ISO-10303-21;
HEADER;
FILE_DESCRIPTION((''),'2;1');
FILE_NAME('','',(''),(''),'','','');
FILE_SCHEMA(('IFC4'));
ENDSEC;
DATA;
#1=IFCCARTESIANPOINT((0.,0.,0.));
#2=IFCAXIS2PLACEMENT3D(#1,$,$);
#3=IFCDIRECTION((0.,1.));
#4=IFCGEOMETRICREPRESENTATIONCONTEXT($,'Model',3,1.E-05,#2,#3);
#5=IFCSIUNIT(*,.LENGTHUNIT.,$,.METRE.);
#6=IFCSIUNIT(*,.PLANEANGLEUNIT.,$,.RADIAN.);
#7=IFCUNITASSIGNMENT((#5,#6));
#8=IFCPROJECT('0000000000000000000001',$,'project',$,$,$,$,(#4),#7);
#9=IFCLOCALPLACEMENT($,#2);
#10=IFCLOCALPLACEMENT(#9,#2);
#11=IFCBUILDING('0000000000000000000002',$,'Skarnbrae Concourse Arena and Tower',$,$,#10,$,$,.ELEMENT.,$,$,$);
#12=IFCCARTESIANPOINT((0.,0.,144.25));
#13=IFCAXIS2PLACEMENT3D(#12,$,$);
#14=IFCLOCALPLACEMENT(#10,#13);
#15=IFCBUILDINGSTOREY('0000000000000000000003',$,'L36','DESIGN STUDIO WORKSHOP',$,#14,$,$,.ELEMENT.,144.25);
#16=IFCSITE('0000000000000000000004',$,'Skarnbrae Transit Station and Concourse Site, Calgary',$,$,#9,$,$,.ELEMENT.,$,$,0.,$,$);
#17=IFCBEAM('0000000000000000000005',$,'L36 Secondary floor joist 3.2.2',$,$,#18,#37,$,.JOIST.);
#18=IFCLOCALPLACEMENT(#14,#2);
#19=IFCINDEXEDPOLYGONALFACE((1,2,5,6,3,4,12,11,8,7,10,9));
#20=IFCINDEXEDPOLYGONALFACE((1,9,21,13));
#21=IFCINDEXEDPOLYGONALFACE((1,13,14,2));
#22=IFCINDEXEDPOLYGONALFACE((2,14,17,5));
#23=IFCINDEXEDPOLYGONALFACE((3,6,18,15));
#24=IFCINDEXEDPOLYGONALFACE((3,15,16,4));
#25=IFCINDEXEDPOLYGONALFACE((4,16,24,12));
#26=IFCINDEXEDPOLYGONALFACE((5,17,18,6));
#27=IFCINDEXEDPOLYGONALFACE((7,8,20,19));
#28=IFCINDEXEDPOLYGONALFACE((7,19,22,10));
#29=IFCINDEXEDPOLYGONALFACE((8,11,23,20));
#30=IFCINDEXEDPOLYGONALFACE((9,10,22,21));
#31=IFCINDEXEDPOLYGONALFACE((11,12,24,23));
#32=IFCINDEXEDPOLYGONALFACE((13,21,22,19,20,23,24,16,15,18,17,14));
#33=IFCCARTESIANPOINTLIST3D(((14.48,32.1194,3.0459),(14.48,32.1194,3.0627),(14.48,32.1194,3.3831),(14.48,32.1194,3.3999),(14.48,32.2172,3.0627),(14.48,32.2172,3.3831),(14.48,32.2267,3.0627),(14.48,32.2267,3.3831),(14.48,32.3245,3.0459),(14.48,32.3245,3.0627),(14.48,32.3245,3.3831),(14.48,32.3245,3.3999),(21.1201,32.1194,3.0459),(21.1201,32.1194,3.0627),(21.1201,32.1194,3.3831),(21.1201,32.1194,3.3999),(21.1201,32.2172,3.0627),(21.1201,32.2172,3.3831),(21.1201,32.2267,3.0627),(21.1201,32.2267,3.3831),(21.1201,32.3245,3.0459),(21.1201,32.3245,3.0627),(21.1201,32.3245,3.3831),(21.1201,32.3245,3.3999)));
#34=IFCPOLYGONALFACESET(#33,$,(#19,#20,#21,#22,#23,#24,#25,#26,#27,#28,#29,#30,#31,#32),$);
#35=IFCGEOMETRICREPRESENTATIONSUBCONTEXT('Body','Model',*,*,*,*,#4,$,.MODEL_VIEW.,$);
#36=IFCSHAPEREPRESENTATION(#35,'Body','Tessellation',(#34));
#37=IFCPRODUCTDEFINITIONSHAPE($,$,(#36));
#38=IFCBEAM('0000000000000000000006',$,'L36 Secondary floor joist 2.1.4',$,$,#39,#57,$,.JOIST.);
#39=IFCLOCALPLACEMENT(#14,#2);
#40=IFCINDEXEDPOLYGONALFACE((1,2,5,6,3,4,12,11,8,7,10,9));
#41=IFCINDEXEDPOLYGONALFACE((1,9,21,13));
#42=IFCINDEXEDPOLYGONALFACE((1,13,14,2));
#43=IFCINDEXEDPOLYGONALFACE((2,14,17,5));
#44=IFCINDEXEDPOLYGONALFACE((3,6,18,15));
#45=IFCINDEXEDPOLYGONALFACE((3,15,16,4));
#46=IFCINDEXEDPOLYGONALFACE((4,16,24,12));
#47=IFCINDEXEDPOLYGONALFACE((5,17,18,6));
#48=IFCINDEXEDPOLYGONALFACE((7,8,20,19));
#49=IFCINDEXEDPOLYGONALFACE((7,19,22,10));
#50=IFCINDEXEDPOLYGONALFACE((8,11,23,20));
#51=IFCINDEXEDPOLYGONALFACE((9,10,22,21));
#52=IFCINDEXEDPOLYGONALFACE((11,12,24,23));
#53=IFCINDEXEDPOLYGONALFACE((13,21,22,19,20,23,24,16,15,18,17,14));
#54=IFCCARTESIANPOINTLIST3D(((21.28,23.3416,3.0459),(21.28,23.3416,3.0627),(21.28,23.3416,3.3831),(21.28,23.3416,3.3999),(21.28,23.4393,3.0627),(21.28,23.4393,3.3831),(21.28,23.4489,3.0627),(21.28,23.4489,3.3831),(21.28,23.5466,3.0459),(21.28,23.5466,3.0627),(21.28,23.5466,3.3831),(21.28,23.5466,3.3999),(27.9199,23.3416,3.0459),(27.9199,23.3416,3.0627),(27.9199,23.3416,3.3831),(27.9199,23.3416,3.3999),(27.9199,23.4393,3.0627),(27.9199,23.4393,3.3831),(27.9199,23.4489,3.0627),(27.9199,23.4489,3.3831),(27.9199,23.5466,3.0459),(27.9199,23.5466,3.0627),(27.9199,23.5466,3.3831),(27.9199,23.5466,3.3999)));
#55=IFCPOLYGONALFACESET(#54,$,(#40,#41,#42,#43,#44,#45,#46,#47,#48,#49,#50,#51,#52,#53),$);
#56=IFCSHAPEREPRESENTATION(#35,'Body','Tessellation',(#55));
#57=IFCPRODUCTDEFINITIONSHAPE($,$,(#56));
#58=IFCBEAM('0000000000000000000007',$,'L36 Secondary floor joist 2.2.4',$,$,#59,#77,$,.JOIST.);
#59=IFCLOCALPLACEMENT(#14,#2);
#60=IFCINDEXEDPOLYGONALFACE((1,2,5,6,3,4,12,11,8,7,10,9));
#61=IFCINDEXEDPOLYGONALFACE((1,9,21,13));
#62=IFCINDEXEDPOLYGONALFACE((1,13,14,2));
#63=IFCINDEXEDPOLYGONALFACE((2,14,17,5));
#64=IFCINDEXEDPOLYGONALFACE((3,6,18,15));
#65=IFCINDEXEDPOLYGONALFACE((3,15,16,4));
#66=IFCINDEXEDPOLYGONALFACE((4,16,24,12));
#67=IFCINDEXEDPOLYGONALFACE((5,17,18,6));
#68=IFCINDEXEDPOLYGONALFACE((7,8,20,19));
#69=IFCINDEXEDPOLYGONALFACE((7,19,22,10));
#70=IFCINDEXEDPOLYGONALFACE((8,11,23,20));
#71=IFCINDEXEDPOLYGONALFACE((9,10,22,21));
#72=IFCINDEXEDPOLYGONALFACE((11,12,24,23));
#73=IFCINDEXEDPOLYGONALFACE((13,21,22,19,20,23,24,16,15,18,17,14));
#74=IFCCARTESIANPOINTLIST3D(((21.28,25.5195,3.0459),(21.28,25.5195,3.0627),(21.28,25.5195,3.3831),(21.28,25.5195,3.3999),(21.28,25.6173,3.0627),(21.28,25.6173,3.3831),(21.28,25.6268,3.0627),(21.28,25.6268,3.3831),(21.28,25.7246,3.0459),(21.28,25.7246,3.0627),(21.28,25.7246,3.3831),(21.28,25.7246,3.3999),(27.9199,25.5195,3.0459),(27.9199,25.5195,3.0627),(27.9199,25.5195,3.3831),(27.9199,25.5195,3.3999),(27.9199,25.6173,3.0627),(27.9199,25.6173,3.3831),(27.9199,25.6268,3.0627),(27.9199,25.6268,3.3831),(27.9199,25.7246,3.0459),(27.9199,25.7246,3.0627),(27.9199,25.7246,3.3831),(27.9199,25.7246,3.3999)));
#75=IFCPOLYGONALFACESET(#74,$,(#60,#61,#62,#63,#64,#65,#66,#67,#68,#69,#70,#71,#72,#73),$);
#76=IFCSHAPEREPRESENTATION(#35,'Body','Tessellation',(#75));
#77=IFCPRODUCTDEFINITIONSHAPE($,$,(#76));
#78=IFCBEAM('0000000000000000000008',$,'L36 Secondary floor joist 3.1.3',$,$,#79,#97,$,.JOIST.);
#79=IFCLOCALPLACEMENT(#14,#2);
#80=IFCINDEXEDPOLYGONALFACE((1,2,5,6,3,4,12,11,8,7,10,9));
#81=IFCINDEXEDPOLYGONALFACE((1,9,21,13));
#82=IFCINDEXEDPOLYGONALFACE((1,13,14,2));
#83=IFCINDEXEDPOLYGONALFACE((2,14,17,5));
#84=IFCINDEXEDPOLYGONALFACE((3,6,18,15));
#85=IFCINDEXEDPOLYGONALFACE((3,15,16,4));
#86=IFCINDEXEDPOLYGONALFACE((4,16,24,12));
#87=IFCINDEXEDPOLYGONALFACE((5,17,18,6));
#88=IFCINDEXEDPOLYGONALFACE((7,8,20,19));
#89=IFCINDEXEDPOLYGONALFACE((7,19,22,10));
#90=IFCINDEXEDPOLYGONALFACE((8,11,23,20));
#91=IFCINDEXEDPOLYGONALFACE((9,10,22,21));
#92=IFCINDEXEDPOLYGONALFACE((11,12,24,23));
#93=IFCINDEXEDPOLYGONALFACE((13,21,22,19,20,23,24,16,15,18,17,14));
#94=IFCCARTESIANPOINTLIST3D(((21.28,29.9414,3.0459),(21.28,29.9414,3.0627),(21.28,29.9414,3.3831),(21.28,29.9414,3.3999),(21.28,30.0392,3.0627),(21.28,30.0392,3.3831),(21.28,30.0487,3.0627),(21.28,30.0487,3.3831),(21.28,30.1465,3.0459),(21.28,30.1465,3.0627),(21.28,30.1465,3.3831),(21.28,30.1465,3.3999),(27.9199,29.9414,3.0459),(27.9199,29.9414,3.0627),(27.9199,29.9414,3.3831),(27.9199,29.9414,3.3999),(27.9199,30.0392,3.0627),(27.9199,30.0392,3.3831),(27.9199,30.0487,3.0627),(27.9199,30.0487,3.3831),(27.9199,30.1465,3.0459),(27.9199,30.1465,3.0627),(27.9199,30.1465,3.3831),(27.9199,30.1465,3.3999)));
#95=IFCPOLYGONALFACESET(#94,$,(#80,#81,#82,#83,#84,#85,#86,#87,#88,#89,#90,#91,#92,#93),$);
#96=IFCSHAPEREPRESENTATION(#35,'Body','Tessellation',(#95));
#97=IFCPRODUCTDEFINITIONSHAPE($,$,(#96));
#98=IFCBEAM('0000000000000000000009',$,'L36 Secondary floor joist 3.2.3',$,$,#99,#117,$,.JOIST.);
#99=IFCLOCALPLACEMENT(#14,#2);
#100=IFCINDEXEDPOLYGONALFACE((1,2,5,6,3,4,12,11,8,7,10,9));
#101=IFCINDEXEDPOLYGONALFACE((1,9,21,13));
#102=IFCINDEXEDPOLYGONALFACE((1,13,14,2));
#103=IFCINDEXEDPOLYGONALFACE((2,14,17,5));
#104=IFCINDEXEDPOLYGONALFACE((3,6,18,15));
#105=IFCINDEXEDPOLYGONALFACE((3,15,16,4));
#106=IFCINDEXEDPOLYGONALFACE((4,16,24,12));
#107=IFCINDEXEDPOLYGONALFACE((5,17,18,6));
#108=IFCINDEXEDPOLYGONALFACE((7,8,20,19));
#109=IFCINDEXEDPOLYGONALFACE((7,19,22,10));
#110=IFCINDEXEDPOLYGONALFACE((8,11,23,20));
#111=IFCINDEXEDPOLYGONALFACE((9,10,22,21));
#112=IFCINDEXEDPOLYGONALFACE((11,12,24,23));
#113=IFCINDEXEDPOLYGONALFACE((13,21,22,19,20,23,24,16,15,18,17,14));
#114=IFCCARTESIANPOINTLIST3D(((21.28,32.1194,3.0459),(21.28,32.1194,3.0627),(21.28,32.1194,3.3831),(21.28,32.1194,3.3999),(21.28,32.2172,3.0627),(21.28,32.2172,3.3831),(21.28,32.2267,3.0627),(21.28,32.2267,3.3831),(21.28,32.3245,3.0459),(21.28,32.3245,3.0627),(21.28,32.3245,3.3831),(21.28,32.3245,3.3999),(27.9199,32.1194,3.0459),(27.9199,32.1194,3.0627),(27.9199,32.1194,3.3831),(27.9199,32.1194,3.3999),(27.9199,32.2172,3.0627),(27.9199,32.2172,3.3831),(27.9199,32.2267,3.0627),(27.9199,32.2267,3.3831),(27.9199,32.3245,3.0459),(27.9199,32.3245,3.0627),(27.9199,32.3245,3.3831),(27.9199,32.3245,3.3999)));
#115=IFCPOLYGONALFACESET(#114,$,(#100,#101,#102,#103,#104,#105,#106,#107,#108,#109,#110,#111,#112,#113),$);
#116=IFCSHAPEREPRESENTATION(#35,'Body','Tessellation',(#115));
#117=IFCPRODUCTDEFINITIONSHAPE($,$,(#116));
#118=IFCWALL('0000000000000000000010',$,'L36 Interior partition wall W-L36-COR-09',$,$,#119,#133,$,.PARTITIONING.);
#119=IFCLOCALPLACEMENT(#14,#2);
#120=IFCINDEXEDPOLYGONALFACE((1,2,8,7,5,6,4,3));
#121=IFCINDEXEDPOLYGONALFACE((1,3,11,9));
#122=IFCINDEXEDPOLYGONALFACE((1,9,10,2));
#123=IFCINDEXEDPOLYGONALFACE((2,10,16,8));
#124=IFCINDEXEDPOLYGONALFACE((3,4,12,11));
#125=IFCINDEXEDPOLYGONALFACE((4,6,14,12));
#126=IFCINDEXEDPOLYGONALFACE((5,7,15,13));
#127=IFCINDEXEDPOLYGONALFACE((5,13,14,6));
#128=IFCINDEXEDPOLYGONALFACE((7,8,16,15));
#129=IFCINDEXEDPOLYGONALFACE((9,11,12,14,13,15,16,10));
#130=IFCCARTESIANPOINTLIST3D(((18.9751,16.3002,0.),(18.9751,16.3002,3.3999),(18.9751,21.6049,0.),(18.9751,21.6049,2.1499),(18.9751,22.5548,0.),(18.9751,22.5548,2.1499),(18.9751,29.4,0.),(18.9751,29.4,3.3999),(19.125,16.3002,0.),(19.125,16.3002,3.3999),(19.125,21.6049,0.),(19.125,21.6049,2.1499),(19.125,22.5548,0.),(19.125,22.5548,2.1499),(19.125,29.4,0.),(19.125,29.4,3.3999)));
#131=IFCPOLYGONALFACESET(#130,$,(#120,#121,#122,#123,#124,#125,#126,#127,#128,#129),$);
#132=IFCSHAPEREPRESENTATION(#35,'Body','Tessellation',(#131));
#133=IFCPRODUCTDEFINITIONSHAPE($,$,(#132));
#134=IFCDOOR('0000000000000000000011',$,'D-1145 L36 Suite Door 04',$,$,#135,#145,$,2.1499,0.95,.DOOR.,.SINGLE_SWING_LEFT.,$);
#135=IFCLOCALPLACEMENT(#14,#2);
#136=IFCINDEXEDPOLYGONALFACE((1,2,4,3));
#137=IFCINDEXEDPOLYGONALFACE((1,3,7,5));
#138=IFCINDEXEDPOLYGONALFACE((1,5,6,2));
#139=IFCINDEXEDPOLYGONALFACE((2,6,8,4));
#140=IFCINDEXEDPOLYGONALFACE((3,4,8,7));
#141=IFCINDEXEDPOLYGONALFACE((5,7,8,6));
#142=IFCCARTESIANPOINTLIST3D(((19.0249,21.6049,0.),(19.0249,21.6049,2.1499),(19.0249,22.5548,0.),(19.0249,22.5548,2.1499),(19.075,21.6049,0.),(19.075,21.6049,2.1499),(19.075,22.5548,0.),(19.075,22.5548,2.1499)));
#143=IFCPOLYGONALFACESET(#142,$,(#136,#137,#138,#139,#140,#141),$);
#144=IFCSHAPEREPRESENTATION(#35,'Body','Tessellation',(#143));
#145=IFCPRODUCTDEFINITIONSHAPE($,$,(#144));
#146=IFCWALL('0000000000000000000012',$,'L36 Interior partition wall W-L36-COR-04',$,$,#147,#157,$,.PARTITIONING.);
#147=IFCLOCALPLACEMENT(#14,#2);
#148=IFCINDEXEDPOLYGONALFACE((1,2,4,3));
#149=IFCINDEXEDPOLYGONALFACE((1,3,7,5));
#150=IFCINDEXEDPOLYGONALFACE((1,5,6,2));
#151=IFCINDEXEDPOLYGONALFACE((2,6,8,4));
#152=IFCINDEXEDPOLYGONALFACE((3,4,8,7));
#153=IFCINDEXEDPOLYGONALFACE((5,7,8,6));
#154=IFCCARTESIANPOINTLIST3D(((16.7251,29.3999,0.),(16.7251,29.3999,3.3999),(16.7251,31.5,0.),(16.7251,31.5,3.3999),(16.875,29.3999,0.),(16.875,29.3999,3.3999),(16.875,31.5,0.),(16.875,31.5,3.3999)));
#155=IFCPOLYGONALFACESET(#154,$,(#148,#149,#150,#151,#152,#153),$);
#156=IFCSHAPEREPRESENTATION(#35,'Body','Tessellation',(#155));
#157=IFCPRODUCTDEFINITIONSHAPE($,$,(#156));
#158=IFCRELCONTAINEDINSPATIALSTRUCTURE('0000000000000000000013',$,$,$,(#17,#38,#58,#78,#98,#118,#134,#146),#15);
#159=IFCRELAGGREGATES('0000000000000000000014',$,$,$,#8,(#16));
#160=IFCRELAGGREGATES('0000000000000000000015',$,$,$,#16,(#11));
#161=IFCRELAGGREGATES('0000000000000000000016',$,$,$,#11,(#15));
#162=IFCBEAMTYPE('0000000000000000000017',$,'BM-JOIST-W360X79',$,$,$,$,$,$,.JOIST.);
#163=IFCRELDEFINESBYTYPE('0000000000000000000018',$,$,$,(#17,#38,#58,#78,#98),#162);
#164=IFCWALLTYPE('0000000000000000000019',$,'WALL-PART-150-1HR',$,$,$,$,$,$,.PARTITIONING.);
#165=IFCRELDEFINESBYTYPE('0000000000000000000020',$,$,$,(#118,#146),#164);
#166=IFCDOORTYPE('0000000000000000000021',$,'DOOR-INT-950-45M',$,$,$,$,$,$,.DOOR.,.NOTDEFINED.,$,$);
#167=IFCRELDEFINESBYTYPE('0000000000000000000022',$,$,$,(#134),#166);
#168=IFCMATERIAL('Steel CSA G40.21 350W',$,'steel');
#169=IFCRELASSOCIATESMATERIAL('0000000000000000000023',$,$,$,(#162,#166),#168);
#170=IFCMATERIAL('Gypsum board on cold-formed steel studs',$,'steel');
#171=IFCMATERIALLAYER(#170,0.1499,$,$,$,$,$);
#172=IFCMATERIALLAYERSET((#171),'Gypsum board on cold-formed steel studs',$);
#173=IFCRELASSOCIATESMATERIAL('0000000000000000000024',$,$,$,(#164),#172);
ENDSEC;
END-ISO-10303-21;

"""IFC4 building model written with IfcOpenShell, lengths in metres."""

from ifc_helpers import new_model, si_unit, direction, frame, frame_2d, origin, origin_2d, place, context, subcontext, project, spatial, rectangle, i_section, extrude, source, transform, mapped, material, layer, layer_set, material_profile, profile_set, type_object, element, fill, save


model = new_model("IFC4")

# Units and contexts
model_context = context("Model", 3, precision=1e-05, world=origin(), true_north=direction((0.0, 1.0)))
body_context = subcontext(model_context, "Body", "Model", "MODEL_VIEW")
ifc_project = project(units=[si_unit("LENGTHUNIT", "METRE"), si_unit("PLANEANGLEUNIT", "RADIAN")], contexts=[model_context])

# Site, building, storey
site_placement = place(None, origin())
site = spatial("IfcSite", under=ifc_project, at=site_placement, Name="Skarnbrae Transit Station and Concourse Site, Calgary", CompositionType="ELEMENT", RefElevation=0.0)
building_placement = place(site_placement, origin())
building = spatial("IfcBuilding", under=site, at=building_placement, Name="Skarnbrae Concourse Arena and Tower", CompositionType="ELEMENT")
storey_placement = place(building_placement, frame((0.0, 0.0, 144.25)))
storey = spatial("IfcBuildingStorey", under=building, at=storey_placement, Name="L36", Description="DESIGN STUDIO WORKSHOP", CompositionType="ELEMENT", Elevation=144.25)

# Shared definitions
ifc_material_1 = material(Name="Steel CSA G40.21 350W", Category="steel")

# Beams
ifc_material_profile_1 = material_profile(ifc_material_1, i_section(OverallWidth=0.2051, OverallDepth=0.354, WebThickness=0.0095, FlangeThickness=0.0168, at=origin_2d()), Name="W360X79")
ifc_profile_set_1 = profile_set([ifc_material_profile_1], Name="Steel CSA G40.21 350W")
beam_type_1 = type_object("IfcBeamType", Name="BM-JOIST-W360X79", PredefinedType="JOIST", material=ifc_profile_set_1)
shared_shape_1 = source(origin(), body_context, "Body", "SweptSolid", [
    extrude(i_section(OverallWidth=0.2051, OverallDepth=0.354, WebThickness=0.0095, FlangeThickness=0.0168, at=origin_2d()), origin(), (0.0, 0.0, 1.0), 6.6401),
])
for number, where, z_axis, x_axis, name in (
    (1, (14.48, 32.2219, 3.2229), (1.0, 0.0, 0.0), (0.0, 1.0, 0.0), "L36 Secondary floor joist 3.2.2"),
):
    element("IfcBeam", number, at=place(storey_placement, frame(where, z_axis=z_axis, x_axis=x_axis)), inside=storey, type_object=beam_type_1, Name=name, PredefinedType="JOIST", context=body_context, shape_type="MappedRepresentation", body=[
        mapped(shared_shape_1, transform((0.0, 0.0, 0.0))),
    ])
shared_shape_2 = source(origin(), body_context, "Body", "SweptSolid", [
    extrude(i_section(OverallWidth=0.2051, OverallDepth=0.354, WebThickness=0.0095, FlangeThickness=0.0168, at=origin_2d()), origin(), (0.0, 0.0, 1.0), 6.6399),
])
for number, where, z_axis, x_axis, name in (
    (2, (21.28, 23.4441, 3.2229), (1.0, 0.0, 0.0), (0.0, 1.0, 0.0), "L36 Secondary floor joist 2.1.4"),
    (3, (21.28, 25.6221, 3.2229), (1.0, 0.0, 0.0), (0.0, 1.0, 0.0), "L36 Secondary floor joist 2.2.4"),
    (4, (21.28, 30.0439, 3.2229), (1.0, 0.0, 0.0), (0.0, 1.0, 0.0), "L36 Secondary floor joist 3.1.3"),
    (5, (21.28, 32.2219, 3.2229), (1.0, 0.0, 0.0), (0.0, 1.0, 0.0), "L36 Secondary floor joist 3.2.3"),
):
    element("IfcBeam", number, at=place(storey_placement, frame(where, z_axis=z_axis, x_axis=x_axis)), inside=storey, type_object=beam_type_1, Name=name, PredefinedType="JOIST", context=body_context, shape_type="MappedRepresentation", body=[
        mapped(shared_shape_2, transform((0.0, 0.0, 0.0))),
    ])

# Wall, opening, door
ifc_material_2 = material(Name="Gypsum board on cold-formed steel studs", Category="steel")
ifc_layer_1 = layer(ifc_material_2, 0.1499)
ifc_layer_set_1 = layer_set([ifc_layer_1], Name="Gypsum board on cold-formed steel studs")
wall_type_1 = type_object("IfcWallType", Name="WALL-PART-150-1HR", PredefinedType="PARTITIONING", material=ifc_layer_set_1)
door_type = type_object("IfcDoorType", Name="DOOR-INT-950-45M", OperationType="NOTDEFINED", PredefinedType="DOOR", material=ifc_material_1)
shared_shape_3 = source(origin(), body_context, "Body", "SweptSolid", [
    extrude(rectangle(XDim=0.95, YDim=2.1499, at=frame_2d((0.4751, 1.075))), frame((0.0, 0.0249, 0.0), z_axis=(0.0, -1.0, 0.0), x_axis=(1.0, 0.0, 0.0)), (0.0, 0.0, 1.0), 0.05),
])
shared_shape_4 = source(origin(), body_context, "Body", "SweptSolid", [
    extrude(rectangle(XDim=13.0999, YDim=0.1499, at=frame_2d((6.5498, 0.0))), origin(), (0.0, 0.0, 1.0), 3.3999),
])
wall_1_placement = place(storey_placement, frame((19.05, 29.3999, 0.0), z_axis=(0.0, 0.0, 1.0), x_axis=(0.0, -1.0, 0.0)))
wall_1 = element("IfcWall", 6, at=wall_1_placement, inside=storey, type_object=wall_type_1, Name="L36 Interior partition wall W-L36-COR-09", PredefinedType="PARTITIONING", context=body_context, shape_type="MappedRepresentation", body=[
    mapped(shared_shape_4, transform((0.0, 0.0, 0.0))),
])
opening_1_placement = place(wall_1_placement, frame((6.845, 0.0, 0.0)))
opening_1 = element("IfcOpeningElement", 7, at=opening_1_placement, cuts=wall_1, PredefinedType="OPENING", context=body_context, shape_type="SweptSolid", body=[
    extrude(rectangle(XDim=0.95, YDim=2.1499, at=frame_2d((0.4751, 1.075))), frame((0.0, 0.085, 0.0), z_axis=(0.0, -1.0, 0.0), x_axis=(1.0, 0.0, 0.0)), (0.0, 0.0, 1.0), 0.1699),
])
door_1_placement = place(opening_1_placement, origin())
door_1 = element("IfcDoor", 8, at=door_1_placement, inside=storey, type_object=door_type, Name="D-1145 L36 Suite Door 04", OperationType="SINGLE_SWING_LEFT", OverallHeight=2.1499, OverallWidth=0.95, PredefinedType="DOOR", context=body_context, shape_type="MappedRepresentation", body=[
    mapped(shared_shape_3, transform((0.0, 0.0, 0.0))),
])
fill(opening_1, door_1)

# Wall
shared_shape_5 = source(origin(), body_context, "Body", "SweptSolid", [
    extrude(rectangle(XDim=2.1001, YDim=0.1499, at=frame_2d((1.05, 0.0))), origin(), (0.0, 0.0, 1.0), 3.3999),
])
wall_2_placement = place(storey_placement, frame((16.8, 29.3999, 0.0), z_axis=(0.0, 0.0, 1.0), x_axis=(0.0, 1.0, 0.0)))
element("IfcWall", 9, at=wall_2_placement, inside=storey, type_object=wall_type_1, Name="L36 Interior partition wall W-L36-COR-04", PredefinedType="PARTITIONING", context=body_context, shape_type="MappedRepresentation", body=[
    mapped(shared_shape_5, transform((0.0, 0.0, 0.0))),
])

save(model, "model.ifc")
